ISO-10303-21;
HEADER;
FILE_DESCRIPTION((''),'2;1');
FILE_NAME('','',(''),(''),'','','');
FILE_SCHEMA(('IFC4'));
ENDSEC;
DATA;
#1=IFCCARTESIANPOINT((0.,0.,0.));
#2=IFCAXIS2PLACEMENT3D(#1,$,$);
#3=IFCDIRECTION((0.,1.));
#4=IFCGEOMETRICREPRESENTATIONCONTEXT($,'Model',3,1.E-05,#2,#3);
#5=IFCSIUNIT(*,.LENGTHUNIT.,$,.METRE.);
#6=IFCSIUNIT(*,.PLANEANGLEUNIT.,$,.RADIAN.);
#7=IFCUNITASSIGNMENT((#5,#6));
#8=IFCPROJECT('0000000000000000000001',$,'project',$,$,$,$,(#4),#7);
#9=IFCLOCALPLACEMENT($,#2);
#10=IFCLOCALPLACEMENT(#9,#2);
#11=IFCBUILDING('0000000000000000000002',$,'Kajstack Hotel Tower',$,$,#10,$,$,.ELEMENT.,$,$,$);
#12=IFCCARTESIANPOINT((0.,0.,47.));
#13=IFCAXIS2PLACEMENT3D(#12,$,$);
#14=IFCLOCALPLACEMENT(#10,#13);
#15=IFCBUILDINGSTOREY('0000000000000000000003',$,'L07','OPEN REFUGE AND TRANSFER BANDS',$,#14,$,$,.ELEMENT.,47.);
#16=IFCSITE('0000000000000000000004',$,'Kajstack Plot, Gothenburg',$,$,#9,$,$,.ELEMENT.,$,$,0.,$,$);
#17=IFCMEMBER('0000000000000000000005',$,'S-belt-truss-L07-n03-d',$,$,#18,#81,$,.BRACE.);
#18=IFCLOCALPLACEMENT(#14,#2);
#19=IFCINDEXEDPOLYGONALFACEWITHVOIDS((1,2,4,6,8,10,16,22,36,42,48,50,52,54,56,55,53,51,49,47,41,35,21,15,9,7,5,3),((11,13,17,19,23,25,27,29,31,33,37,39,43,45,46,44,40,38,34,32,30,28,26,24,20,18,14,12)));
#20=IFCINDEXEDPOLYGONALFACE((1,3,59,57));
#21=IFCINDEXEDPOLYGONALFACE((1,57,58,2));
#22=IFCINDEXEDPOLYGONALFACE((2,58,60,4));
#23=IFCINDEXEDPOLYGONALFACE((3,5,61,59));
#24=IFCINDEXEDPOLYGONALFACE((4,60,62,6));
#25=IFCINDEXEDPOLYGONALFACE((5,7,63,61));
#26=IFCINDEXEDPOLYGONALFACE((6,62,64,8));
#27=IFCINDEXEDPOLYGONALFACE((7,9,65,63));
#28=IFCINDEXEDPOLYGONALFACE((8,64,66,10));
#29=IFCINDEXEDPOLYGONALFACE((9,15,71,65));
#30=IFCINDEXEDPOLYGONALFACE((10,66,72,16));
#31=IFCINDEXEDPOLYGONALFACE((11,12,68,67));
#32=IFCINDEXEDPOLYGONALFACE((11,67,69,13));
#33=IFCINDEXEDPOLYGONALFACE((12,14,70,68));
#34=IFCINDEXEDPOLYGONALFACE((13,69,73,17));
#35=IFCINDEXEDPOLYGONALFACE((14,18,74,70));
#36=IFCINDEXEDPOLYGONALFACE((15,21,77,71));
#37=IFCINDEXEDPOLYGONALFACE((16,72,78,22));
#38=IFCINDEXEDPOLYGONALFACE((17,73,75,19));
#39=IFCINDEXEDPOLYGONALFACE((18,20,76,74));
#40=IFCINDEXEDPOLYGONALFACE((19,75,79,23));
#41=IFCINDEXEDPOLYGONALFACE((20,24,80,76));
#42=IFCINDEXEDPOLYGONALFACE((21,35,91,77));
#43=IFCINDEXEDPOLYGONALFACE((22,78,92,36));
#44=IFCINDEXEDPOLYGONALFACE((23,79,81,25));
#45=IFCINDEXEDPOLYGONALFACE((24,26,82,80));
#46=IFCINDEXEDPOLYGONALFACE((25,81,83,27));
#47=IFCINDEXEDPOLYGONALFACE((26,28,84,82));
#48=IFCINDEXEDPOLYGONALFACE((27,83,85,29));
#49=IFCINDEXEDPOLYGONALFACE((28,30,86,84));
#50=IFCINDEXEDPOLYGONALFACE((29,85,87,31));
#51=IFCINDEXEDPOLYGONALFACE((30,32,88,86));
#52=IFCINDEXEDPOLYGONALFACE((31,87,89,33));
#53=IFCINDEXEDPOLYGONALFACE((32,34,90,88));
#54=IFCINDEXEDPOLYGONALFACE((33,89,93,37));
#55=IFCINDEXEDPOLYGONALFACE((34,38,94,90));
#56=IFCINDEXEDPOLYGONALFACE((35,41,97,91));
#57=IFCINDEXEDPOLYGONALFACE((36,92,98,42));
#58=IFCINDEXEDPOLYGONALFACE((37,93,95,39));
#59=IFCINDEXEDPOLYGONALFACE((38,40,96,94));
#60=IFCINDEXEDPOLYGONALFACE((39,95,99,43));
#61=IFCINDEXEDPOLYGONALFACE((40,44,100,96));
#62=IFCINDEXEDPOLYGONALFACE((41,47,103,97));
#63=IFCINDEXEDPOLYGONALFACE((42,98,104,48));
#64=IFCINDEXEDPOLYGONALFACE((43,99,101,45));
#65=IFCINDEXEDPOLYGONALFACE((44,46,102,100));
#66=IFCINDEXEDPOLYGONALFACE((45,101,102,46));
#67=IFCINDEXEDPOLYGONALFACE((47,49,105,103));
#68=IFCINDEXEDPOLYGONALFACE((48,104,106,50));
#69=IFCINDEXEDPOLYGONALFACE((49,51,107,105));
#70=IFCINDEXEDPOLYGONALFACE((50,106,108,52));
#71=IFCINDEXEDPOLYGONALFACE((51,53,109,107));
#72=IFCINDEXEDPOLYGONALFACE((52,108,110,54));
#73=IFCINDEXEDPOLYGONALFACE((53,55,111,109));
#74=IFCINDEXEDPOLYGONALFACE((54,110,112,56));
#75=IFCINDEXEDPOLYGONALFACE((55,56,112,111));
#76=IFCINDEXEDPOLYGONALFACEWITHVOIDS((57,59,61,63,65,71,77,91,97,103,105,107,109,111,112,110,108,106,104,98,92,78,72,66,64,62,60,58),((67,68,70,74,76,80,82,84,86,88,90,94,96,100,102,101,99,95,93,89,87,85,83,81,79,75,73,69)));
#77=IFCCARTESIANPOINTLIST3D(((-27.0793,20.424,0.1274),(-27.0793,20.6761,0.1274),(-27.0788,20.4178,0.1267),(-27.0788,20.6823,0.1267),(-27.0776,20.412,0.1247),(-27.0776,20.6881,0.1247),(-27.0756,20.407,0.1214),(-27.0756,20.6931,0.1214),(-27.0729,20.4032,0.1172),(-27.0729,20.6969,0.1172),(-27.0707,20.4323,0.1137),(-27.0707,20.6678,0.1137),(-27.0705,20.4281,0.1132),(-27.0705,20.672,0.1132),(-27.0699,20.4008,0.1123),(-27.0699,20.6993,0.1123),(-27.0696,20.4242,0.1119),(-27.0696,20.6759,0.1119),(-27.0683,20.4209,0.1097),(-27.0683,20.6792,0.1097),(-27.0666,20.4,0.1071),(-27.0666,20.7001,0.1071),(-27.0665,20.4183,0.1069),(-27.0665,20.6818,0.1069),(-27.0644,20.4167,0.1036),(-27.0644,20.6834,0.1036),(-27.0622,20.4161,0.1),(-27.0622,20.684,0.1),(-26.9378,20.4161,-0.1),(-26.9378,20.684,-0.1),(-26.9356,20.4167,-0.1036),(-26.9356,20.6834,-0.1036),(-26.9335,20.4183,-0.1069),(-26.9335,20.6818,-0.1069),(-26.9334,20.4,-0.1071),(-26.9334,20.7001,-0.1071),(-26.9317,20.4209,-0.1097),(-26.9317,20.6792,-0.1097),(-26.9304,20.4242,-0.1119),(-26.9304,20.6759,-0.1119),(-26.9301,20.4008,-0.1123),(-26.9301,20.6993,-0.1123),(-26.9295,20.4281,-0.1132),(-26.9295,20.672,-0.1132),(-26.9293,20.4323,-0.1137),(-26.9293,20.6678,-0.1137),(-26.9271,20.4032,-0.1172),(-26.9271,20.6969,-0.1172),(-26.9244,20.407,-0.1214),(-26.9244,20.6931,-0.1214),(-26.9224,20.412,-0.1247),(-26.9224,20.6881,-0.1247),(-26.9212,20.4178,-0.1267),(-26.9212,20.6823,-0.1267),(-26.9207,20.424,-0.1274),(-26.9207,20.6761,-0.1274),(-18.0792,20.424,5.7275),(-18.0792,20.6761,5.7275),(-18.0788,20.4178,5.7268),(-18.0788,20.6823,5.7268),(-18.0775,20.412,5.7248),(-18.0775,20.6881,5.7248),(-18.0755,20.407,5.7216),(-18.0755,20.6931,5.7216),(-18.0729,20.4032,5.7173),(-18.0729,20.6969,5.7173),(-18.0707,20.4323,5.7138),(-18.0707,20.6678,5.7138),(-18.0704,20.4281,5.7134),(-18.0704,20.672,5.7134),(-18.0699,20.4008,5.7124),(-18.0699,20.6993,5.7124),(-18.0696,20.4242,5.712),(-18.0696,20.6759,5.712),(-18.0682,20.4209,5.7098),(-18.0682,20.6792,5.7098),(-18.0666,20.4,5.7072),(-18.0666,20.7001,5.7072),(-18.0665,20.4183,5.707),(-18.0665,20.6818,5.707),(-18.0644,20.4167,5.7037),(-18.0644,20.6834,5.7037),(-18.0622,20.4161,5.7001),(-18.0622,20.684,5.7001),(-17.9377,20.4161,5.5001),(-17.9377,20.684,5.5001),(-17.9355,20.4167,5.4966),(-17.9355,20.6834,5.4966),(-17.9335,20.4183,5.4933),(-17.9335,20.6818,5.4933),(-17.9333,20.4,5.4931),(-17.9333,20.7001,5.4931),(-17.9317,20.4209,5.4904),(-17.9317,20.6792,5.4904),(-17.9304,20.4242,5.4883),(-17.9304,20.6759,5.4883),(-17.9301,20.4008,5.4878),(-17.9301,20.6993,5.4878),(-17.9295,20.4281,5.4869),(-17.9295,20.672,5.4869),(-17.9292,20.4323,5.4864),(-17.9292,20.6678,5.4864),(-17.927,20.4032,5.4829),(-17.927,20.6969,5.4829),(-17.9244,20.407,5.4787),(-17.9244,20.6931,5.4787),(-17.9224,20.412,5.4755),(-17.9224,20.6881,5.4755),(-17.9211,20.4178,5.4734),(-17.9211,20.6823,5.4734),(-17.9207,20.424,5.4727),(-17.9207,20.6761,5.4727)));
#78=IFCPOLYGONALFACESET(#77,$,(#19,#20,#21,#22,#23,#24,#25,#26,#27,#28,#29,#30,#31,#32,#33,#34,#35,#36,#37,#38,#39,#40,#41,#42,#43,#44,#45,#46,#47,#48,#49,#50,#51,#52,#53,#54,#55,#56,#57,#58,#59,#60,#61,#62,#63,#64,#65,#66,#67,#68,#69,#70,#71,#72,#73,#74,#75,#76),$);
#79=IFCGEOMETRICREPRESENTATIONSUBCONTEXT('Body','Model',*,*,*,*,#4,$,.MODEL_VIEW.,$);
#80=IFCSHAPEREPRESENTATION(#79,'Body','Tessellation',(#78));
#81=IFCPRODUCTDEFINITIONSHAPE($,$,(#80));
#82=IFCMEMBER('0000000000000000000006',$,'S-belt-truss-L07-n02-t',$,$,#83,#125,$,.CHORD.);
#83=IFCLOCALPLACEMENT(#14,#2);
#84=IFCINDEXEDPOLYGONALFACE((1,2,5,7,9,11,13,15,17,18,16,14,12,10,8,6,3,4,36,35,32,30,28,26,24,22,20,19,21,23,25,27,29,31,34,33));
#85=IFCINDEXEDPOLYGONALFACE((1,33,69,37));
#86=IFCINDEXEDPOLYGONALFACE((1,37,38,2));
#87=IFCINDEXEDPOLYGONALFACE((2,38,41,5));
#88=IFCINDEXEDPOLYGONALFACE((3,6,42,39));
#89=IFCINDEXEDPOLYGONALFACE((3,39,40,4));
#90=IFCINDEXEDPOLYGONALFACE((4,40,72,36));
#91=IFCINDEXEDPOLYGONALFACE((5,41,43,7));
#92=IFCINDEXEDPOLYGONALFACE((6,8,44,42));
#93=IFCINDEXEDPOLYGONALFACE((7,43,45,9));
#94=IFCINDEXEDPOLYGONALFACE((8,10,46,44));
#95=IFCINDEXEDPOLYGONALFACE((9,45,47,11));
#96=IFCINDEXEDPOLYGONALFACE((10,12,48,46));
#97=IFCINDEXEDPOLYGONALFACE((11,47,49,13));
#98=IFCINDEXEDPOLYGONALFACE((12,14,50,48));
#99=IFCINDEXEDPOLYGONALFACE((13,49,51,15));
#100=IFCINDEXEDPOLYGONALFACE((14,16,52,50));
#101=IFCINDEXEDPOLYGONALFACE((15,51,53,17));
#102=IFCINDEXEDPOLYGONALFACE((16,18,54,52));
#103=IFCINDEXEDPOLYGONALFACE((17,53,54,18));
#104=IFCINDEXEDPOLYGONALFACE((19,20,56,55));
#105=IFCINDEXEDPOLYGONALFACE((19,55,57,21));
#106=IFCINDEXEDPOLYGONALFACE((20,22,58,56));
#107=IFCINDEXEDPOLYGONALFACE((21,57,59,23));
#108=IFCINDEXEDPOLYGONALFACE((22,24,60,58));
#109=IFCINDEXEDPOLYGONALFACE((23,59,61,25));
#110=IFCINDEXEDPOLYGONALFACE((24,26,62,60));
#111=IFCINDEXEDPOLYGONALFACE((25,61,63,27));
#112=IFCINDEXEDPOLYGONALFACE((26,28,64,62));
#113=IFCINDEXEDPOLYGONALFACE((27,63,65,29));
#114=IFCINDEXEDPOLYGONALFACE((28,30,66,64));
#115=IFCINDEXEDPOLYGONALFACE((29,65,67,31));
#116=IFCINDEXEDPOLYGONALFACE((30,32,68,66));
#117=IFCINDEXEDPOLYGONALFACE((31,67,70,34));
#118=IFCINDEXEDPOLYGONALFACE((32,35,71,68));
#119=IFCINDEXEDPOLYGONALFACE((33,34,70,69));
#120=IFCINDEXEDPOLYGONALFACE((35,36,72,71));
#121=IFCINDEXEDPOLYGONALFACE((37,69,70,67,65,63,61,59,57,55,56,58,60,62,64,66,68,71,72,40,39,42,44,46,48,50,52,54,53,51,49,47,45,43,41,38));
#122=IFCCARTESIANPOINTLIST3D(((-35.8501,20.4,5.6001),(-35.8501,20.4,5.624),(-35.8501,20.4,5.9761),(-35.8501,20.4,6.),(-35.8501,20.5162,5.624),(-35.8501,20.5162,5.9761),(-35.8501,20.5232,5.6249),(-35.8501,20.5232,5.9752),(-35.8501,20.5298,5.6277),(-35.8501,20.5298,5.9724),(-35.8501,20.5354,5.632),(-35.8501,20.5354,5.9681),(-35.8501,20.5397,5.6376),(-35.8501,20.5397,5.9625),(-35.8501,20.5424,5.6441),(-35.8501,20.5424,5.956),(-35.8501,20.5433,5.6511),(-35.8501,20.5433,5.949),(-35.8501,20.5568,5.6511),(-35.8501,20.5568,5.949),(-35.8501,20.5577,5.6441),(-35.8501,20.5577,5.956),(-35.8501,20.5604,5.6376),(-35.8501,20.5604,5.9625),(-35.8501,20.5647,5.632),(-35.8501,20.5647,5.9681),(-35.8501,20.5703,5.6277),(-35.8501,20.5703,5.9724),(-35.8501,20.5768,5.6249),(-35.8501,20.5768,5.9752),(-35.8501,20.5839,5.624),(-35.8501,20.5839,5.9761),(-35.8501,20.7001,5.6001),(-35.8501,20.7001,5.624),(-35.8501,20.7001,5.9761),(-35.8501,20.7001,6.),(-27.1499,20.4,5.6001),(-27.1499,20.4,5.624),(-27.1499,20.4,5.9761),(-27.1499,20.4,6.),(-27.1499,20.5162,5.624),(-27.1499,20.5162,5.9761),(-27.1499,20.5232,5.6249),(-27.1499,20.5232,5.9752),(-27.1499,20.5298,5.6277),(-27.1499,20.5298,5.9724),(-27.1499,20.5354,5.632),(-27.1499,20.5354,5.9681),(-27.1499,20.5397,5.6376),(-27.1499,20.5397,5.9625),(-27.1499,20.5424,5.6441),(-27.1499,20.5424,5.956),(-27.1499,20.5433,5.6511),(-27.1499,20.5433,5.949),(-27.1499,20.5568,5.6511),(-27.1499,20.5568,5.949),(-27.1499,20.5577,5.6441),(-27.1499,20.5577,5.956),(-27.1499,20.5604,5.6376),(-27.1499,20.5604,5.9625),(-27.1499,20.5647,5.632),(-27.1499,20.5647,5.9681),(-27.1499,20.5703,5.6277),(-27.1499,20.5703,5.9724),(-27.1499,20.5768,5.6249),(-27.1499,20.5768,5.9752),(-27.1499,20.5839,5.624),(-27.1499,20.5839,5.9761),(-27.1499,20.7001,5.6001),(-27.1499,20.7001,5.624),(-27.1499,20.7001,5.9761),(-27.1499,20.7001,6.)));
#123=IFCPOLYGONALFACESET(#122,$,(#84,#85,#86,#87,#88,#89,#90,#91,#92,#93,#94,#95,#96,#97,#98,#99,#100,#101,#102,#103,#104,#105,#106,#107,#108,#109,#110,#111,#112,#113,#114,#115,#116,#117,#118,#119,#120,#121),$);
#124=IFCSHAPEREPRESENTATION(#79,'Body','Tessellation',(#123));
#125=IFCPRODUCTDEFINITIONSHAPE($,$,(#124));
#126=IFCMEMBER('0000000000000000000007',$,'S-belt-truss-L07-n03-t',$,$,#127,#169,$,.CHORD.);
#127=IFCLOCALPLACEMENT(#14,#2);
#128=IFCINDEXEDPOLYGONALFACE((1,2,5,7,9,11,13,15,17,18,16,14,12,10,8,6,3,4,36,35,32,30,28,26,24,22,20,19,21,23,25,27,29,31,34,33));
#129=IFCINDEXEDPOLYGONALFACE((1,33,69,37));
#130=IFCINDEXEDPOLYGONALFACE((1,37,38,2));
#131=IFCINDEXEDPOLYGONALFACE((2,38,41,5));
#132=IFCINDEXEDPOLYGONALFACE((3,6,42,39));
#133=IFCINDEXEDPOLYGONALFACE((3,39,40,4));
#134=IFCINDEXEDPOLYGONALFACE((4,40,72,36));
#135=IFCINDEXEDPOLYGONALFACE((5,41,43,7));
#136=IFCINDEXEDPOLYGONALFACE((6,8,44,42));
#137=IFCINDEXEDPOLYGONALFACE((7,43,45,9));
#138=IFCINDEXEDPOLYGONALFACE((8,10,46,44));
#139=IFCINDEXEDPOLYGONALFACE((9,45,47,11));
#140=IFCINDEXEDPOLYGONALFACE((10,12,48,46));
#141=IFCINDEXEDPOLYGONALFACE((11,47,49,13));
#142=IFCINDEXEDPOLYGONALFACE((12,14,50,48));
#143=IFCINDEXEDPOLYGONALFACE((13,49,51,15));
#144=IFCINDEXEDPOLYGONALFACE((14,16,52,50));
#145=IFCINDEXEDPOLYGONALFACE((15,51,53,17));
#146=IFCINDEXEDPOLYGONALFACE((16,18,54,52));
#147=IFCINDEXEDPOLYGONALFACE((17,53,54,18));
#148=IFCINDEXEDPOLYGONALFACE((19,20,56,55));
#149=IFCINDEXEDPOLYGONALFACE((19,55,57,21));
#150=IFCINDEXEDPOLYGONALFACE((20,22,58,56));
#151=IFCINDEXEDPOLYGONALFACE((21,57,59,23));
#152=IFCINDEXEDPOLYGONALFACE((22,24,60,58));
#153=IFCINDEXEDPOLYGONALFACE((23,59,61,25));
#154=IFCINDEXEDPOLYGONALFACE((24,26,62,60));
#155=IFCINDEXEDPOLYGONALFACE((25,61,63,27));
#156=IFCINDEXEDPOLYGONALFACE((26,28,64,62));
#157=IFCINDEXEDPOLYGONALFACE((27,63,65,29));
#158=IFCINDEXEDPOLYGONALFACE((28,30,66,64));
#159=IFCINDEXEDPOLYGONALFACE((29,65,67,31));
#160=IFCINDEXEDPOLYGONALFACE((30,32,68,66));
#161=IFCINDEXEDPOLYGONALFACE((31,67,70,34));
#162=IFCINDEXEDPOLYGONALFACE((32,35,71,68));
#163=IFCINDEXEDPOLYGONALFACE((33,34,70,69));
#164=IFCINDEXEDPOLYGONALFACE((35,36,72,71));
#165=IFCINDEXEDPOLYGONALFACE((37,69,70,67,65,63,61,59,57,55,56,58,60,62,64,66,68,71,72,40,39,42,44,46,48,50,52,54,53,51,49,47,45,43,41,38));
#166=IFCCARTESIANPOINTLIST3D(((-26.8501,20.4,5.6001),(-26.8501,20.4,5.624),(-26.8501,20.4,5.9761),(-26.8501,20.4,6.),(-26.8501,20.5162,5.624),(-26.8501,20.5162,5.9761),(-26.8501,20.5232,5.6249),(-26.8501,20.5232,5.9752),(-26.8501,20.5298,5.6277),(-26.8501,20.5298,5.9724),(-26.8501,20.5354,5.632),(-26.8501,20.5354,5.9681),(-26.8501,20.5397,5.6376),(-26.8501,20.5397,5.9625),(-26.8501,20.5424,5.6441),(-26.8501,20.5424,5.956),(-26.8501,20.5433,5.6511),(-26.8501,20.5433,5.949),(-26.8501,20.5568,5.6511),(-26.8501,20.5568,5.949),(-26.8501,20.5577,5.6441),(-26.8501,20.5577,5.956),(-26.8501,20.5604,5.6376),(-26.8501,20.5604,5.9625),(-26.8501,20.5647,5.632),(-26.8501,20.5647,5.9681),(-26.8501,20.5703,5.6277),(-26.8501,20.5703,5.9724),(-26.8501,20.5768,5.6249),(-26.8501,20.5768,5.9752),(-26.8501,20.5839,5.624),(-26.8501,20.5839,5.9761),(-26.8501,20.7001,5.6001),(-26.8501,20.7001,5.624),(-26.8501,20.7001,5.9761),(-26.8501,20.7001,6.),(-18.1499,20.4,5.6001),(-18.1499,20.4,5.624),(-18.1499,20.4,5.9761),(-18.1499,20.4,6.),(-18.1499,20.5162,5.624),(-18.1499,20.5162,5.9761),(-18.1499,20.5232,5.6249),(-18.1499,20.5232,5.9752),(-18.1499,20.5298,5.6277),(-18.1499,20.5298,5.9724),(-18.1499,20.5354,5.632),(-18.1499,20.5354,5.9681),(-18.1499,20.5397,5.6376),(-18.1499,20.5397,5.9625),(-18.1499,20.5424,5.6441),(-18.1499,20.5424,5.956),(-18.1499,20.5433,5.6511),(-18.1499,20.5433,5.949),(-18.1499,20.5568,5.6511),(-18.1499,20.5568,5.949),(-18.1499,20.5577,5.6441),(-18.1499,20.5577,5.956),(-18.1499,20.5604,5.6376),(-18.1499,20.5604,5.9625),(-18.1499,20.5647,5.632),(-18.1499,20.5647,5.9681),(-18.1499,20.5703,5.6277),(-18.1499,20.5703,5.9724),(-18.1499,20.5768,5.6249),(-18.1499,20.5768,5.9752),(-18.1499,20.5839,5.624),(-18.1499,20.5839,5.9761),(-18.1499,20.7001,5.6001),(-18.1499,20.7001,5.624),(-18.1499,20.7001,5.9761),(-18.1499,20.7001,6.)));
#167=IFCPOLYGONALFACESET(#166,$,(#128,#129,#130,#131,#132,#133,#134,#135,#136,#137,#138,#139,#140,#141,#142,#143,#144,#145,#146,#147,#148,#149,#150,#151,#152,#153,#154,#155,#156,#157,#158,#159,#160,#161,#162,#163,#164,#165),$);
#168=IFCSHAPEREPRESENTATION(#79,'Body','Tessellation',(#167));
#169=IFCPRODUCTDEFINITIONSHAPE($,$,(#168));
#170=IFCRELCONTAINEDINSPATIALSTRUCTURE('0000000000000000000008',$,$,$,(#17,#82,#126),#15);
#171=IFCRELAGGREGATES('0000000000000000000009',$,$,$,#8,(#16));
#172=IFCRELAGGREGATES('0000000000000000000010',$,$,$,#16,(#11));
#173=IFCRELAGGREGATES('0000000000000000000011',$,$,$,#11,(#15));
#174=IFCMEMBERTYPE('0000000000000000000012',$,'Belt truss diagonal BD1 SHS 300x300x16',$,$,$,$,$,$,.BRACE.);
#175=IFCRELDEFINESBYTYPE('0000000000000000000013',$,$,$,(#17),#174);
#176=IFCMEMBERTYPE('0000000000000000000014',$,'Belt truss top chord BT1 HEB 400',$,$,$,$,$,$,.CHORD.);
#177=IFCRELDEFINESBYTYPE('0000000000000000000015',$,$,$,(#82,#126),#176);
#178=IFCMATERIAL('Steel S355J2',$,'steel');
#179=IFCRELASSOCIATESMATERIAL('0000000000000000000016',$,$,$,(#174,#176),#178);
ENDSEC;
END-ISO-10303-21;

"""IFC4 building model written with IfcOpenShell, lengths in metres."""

from ifc_helpers import new_model, si_unit, direction, frame, origin, origin_2d, place, context, subcontext, project, spatial, hollow_rectangle, i_section, extrude, material, material_profile, profile_set, type_object, element, save


model = new_model("IFC4")

# Units and contexts
model_context = context("Model", 3, precision=1e-05, world=origin(), true_north=direction((0.0, 1.0)))
body_context = subcontext(model_context, "Body", "Model", "MODEL_VIEW")
ifc_project = project(units=[si_unit("LENGTHUNIT", "METRE"), si_unit("PLANEANGLEUNIT", "RADIAN")], contexts=[model_context])

# Site, building, storey
site_placement = place(None, origin())
site = spatial("IfcSite", under=ifc_project, at=site_placement, Name="Kajstack Plot, Gothenburg", CompositionType="ELEMENT", RefElevation=0.0)
building_placement = place(site_placement, origin())
building = spatial("IfcBuilding", under=site, at=building_placement, Name="Kajstack Hotel Tower", CompositionType="ELEMENT")
storey_placement = place(building_placement, frame((0.0, 0.0, 47.0)))
storey = spatial("IfcBuildingStorey", under=building, at=storey_placement, Name="L07", Description="OPEN REFUGE AND TRANSFER BANDS", CompositionType="ELEMENT", Elevation=47.0)

# Members
ifc_material = material(Name="Steel S355J2", Category="steel")
ifc_material_profile_1 = material_profile(ifc_material, hollow_rectangle(XDim=0.3, YDim=0.3, WallThickness=0.0161, InnerFilletRadius=0.0161, OuterFilletRadius=0.0239, at=origin_2d()), Name="SHS 300x300x16")
ifc_profile_set_1 = profile_set([ifc_material_profile_1], Name="Steel S355J2")
member_type_1 = type_object("IfcMemberType", Name="Belt truss diagonal BD1 SHS 300x300x16", PredefinedType="BRACE", material=ifc_profile_set_1)
for number, where, z_axis, x_axis, name in (
    (1, (-27.0, 20.55, 0.0), (0.849052, 0.0, 0.528309), (0.0, 1.0, 0.0), "S-belt-truss-L07-n03-d"),
):
    element("IfcMember", number, at=place(storey_placement, frame(where, z_axis=z_axis, x_axis=x_axis)), inside=storey, type_object=member_type_1, Name=name, PredefinedType="BRACE", context=body_context, shape_type="SweptSolid", body=[
        extrude(hollow_rectangle(XDim=0.3, YDim=0.3, WallThickness=0.0161, InnerFilletRadius=0.0161, OuterFilletRadius=0.0239, at=origin_2d()), origin(), (0.0, 0.0, 1.0), 10.6001),
    ])
ifc_material_profile_2 = material_profile(ifc_material, i_section(OverallWidth=0.3, OverallDepth=0.3999, WebThickness=0.0134, FlangeThickness=0.0239, FilletRadius=0.0271, at=origin_2d()), Name="HEB 400")
ifc_profile_set_2 = profile_set([ifc_material_profile_2], Name="Steel S355J2")
member_type_2 = type_object("IfcMemberType", Name="Belt truss top chord BT1 HEB 400", PredefinedType="CHORD", material=ifc_profile_set_2)
for number, where, z_axis, x_axis, name in (
    (2, (-35.8501, 20.55, 5.8), (1.0, 0.0, 0.0), (0.0, 1.0, 0.0), "S-belt-truss-L07-n02-t"),
    (3, (-26.8501, 20.55, 5.8), (1.0, 0.0, 0.0), (0.0, 1.0, 0.0), "S-belt-truss-L07-n03-t"),
):
    element("IfcMember", number, at=place(storey_placement, frame(where, z_axis=z_axis, x_axis=x_axis)), inside=storey, type_object=member_type_2, Name=name, PredefinedType="CHORD", context=body_context, shape_type="SweptSolid", body=[
        extrude(i_section(OverallWidth=0.3, OverallDepth=0.3999, WebThickness=0.0134, FlangeThickness=0.0239, FilletRadius=0.0271, at=origin_2d()), origin(), (0.0, 0.0, 1.0), 8.7002),
    ])

save(model, "model.ifc")
